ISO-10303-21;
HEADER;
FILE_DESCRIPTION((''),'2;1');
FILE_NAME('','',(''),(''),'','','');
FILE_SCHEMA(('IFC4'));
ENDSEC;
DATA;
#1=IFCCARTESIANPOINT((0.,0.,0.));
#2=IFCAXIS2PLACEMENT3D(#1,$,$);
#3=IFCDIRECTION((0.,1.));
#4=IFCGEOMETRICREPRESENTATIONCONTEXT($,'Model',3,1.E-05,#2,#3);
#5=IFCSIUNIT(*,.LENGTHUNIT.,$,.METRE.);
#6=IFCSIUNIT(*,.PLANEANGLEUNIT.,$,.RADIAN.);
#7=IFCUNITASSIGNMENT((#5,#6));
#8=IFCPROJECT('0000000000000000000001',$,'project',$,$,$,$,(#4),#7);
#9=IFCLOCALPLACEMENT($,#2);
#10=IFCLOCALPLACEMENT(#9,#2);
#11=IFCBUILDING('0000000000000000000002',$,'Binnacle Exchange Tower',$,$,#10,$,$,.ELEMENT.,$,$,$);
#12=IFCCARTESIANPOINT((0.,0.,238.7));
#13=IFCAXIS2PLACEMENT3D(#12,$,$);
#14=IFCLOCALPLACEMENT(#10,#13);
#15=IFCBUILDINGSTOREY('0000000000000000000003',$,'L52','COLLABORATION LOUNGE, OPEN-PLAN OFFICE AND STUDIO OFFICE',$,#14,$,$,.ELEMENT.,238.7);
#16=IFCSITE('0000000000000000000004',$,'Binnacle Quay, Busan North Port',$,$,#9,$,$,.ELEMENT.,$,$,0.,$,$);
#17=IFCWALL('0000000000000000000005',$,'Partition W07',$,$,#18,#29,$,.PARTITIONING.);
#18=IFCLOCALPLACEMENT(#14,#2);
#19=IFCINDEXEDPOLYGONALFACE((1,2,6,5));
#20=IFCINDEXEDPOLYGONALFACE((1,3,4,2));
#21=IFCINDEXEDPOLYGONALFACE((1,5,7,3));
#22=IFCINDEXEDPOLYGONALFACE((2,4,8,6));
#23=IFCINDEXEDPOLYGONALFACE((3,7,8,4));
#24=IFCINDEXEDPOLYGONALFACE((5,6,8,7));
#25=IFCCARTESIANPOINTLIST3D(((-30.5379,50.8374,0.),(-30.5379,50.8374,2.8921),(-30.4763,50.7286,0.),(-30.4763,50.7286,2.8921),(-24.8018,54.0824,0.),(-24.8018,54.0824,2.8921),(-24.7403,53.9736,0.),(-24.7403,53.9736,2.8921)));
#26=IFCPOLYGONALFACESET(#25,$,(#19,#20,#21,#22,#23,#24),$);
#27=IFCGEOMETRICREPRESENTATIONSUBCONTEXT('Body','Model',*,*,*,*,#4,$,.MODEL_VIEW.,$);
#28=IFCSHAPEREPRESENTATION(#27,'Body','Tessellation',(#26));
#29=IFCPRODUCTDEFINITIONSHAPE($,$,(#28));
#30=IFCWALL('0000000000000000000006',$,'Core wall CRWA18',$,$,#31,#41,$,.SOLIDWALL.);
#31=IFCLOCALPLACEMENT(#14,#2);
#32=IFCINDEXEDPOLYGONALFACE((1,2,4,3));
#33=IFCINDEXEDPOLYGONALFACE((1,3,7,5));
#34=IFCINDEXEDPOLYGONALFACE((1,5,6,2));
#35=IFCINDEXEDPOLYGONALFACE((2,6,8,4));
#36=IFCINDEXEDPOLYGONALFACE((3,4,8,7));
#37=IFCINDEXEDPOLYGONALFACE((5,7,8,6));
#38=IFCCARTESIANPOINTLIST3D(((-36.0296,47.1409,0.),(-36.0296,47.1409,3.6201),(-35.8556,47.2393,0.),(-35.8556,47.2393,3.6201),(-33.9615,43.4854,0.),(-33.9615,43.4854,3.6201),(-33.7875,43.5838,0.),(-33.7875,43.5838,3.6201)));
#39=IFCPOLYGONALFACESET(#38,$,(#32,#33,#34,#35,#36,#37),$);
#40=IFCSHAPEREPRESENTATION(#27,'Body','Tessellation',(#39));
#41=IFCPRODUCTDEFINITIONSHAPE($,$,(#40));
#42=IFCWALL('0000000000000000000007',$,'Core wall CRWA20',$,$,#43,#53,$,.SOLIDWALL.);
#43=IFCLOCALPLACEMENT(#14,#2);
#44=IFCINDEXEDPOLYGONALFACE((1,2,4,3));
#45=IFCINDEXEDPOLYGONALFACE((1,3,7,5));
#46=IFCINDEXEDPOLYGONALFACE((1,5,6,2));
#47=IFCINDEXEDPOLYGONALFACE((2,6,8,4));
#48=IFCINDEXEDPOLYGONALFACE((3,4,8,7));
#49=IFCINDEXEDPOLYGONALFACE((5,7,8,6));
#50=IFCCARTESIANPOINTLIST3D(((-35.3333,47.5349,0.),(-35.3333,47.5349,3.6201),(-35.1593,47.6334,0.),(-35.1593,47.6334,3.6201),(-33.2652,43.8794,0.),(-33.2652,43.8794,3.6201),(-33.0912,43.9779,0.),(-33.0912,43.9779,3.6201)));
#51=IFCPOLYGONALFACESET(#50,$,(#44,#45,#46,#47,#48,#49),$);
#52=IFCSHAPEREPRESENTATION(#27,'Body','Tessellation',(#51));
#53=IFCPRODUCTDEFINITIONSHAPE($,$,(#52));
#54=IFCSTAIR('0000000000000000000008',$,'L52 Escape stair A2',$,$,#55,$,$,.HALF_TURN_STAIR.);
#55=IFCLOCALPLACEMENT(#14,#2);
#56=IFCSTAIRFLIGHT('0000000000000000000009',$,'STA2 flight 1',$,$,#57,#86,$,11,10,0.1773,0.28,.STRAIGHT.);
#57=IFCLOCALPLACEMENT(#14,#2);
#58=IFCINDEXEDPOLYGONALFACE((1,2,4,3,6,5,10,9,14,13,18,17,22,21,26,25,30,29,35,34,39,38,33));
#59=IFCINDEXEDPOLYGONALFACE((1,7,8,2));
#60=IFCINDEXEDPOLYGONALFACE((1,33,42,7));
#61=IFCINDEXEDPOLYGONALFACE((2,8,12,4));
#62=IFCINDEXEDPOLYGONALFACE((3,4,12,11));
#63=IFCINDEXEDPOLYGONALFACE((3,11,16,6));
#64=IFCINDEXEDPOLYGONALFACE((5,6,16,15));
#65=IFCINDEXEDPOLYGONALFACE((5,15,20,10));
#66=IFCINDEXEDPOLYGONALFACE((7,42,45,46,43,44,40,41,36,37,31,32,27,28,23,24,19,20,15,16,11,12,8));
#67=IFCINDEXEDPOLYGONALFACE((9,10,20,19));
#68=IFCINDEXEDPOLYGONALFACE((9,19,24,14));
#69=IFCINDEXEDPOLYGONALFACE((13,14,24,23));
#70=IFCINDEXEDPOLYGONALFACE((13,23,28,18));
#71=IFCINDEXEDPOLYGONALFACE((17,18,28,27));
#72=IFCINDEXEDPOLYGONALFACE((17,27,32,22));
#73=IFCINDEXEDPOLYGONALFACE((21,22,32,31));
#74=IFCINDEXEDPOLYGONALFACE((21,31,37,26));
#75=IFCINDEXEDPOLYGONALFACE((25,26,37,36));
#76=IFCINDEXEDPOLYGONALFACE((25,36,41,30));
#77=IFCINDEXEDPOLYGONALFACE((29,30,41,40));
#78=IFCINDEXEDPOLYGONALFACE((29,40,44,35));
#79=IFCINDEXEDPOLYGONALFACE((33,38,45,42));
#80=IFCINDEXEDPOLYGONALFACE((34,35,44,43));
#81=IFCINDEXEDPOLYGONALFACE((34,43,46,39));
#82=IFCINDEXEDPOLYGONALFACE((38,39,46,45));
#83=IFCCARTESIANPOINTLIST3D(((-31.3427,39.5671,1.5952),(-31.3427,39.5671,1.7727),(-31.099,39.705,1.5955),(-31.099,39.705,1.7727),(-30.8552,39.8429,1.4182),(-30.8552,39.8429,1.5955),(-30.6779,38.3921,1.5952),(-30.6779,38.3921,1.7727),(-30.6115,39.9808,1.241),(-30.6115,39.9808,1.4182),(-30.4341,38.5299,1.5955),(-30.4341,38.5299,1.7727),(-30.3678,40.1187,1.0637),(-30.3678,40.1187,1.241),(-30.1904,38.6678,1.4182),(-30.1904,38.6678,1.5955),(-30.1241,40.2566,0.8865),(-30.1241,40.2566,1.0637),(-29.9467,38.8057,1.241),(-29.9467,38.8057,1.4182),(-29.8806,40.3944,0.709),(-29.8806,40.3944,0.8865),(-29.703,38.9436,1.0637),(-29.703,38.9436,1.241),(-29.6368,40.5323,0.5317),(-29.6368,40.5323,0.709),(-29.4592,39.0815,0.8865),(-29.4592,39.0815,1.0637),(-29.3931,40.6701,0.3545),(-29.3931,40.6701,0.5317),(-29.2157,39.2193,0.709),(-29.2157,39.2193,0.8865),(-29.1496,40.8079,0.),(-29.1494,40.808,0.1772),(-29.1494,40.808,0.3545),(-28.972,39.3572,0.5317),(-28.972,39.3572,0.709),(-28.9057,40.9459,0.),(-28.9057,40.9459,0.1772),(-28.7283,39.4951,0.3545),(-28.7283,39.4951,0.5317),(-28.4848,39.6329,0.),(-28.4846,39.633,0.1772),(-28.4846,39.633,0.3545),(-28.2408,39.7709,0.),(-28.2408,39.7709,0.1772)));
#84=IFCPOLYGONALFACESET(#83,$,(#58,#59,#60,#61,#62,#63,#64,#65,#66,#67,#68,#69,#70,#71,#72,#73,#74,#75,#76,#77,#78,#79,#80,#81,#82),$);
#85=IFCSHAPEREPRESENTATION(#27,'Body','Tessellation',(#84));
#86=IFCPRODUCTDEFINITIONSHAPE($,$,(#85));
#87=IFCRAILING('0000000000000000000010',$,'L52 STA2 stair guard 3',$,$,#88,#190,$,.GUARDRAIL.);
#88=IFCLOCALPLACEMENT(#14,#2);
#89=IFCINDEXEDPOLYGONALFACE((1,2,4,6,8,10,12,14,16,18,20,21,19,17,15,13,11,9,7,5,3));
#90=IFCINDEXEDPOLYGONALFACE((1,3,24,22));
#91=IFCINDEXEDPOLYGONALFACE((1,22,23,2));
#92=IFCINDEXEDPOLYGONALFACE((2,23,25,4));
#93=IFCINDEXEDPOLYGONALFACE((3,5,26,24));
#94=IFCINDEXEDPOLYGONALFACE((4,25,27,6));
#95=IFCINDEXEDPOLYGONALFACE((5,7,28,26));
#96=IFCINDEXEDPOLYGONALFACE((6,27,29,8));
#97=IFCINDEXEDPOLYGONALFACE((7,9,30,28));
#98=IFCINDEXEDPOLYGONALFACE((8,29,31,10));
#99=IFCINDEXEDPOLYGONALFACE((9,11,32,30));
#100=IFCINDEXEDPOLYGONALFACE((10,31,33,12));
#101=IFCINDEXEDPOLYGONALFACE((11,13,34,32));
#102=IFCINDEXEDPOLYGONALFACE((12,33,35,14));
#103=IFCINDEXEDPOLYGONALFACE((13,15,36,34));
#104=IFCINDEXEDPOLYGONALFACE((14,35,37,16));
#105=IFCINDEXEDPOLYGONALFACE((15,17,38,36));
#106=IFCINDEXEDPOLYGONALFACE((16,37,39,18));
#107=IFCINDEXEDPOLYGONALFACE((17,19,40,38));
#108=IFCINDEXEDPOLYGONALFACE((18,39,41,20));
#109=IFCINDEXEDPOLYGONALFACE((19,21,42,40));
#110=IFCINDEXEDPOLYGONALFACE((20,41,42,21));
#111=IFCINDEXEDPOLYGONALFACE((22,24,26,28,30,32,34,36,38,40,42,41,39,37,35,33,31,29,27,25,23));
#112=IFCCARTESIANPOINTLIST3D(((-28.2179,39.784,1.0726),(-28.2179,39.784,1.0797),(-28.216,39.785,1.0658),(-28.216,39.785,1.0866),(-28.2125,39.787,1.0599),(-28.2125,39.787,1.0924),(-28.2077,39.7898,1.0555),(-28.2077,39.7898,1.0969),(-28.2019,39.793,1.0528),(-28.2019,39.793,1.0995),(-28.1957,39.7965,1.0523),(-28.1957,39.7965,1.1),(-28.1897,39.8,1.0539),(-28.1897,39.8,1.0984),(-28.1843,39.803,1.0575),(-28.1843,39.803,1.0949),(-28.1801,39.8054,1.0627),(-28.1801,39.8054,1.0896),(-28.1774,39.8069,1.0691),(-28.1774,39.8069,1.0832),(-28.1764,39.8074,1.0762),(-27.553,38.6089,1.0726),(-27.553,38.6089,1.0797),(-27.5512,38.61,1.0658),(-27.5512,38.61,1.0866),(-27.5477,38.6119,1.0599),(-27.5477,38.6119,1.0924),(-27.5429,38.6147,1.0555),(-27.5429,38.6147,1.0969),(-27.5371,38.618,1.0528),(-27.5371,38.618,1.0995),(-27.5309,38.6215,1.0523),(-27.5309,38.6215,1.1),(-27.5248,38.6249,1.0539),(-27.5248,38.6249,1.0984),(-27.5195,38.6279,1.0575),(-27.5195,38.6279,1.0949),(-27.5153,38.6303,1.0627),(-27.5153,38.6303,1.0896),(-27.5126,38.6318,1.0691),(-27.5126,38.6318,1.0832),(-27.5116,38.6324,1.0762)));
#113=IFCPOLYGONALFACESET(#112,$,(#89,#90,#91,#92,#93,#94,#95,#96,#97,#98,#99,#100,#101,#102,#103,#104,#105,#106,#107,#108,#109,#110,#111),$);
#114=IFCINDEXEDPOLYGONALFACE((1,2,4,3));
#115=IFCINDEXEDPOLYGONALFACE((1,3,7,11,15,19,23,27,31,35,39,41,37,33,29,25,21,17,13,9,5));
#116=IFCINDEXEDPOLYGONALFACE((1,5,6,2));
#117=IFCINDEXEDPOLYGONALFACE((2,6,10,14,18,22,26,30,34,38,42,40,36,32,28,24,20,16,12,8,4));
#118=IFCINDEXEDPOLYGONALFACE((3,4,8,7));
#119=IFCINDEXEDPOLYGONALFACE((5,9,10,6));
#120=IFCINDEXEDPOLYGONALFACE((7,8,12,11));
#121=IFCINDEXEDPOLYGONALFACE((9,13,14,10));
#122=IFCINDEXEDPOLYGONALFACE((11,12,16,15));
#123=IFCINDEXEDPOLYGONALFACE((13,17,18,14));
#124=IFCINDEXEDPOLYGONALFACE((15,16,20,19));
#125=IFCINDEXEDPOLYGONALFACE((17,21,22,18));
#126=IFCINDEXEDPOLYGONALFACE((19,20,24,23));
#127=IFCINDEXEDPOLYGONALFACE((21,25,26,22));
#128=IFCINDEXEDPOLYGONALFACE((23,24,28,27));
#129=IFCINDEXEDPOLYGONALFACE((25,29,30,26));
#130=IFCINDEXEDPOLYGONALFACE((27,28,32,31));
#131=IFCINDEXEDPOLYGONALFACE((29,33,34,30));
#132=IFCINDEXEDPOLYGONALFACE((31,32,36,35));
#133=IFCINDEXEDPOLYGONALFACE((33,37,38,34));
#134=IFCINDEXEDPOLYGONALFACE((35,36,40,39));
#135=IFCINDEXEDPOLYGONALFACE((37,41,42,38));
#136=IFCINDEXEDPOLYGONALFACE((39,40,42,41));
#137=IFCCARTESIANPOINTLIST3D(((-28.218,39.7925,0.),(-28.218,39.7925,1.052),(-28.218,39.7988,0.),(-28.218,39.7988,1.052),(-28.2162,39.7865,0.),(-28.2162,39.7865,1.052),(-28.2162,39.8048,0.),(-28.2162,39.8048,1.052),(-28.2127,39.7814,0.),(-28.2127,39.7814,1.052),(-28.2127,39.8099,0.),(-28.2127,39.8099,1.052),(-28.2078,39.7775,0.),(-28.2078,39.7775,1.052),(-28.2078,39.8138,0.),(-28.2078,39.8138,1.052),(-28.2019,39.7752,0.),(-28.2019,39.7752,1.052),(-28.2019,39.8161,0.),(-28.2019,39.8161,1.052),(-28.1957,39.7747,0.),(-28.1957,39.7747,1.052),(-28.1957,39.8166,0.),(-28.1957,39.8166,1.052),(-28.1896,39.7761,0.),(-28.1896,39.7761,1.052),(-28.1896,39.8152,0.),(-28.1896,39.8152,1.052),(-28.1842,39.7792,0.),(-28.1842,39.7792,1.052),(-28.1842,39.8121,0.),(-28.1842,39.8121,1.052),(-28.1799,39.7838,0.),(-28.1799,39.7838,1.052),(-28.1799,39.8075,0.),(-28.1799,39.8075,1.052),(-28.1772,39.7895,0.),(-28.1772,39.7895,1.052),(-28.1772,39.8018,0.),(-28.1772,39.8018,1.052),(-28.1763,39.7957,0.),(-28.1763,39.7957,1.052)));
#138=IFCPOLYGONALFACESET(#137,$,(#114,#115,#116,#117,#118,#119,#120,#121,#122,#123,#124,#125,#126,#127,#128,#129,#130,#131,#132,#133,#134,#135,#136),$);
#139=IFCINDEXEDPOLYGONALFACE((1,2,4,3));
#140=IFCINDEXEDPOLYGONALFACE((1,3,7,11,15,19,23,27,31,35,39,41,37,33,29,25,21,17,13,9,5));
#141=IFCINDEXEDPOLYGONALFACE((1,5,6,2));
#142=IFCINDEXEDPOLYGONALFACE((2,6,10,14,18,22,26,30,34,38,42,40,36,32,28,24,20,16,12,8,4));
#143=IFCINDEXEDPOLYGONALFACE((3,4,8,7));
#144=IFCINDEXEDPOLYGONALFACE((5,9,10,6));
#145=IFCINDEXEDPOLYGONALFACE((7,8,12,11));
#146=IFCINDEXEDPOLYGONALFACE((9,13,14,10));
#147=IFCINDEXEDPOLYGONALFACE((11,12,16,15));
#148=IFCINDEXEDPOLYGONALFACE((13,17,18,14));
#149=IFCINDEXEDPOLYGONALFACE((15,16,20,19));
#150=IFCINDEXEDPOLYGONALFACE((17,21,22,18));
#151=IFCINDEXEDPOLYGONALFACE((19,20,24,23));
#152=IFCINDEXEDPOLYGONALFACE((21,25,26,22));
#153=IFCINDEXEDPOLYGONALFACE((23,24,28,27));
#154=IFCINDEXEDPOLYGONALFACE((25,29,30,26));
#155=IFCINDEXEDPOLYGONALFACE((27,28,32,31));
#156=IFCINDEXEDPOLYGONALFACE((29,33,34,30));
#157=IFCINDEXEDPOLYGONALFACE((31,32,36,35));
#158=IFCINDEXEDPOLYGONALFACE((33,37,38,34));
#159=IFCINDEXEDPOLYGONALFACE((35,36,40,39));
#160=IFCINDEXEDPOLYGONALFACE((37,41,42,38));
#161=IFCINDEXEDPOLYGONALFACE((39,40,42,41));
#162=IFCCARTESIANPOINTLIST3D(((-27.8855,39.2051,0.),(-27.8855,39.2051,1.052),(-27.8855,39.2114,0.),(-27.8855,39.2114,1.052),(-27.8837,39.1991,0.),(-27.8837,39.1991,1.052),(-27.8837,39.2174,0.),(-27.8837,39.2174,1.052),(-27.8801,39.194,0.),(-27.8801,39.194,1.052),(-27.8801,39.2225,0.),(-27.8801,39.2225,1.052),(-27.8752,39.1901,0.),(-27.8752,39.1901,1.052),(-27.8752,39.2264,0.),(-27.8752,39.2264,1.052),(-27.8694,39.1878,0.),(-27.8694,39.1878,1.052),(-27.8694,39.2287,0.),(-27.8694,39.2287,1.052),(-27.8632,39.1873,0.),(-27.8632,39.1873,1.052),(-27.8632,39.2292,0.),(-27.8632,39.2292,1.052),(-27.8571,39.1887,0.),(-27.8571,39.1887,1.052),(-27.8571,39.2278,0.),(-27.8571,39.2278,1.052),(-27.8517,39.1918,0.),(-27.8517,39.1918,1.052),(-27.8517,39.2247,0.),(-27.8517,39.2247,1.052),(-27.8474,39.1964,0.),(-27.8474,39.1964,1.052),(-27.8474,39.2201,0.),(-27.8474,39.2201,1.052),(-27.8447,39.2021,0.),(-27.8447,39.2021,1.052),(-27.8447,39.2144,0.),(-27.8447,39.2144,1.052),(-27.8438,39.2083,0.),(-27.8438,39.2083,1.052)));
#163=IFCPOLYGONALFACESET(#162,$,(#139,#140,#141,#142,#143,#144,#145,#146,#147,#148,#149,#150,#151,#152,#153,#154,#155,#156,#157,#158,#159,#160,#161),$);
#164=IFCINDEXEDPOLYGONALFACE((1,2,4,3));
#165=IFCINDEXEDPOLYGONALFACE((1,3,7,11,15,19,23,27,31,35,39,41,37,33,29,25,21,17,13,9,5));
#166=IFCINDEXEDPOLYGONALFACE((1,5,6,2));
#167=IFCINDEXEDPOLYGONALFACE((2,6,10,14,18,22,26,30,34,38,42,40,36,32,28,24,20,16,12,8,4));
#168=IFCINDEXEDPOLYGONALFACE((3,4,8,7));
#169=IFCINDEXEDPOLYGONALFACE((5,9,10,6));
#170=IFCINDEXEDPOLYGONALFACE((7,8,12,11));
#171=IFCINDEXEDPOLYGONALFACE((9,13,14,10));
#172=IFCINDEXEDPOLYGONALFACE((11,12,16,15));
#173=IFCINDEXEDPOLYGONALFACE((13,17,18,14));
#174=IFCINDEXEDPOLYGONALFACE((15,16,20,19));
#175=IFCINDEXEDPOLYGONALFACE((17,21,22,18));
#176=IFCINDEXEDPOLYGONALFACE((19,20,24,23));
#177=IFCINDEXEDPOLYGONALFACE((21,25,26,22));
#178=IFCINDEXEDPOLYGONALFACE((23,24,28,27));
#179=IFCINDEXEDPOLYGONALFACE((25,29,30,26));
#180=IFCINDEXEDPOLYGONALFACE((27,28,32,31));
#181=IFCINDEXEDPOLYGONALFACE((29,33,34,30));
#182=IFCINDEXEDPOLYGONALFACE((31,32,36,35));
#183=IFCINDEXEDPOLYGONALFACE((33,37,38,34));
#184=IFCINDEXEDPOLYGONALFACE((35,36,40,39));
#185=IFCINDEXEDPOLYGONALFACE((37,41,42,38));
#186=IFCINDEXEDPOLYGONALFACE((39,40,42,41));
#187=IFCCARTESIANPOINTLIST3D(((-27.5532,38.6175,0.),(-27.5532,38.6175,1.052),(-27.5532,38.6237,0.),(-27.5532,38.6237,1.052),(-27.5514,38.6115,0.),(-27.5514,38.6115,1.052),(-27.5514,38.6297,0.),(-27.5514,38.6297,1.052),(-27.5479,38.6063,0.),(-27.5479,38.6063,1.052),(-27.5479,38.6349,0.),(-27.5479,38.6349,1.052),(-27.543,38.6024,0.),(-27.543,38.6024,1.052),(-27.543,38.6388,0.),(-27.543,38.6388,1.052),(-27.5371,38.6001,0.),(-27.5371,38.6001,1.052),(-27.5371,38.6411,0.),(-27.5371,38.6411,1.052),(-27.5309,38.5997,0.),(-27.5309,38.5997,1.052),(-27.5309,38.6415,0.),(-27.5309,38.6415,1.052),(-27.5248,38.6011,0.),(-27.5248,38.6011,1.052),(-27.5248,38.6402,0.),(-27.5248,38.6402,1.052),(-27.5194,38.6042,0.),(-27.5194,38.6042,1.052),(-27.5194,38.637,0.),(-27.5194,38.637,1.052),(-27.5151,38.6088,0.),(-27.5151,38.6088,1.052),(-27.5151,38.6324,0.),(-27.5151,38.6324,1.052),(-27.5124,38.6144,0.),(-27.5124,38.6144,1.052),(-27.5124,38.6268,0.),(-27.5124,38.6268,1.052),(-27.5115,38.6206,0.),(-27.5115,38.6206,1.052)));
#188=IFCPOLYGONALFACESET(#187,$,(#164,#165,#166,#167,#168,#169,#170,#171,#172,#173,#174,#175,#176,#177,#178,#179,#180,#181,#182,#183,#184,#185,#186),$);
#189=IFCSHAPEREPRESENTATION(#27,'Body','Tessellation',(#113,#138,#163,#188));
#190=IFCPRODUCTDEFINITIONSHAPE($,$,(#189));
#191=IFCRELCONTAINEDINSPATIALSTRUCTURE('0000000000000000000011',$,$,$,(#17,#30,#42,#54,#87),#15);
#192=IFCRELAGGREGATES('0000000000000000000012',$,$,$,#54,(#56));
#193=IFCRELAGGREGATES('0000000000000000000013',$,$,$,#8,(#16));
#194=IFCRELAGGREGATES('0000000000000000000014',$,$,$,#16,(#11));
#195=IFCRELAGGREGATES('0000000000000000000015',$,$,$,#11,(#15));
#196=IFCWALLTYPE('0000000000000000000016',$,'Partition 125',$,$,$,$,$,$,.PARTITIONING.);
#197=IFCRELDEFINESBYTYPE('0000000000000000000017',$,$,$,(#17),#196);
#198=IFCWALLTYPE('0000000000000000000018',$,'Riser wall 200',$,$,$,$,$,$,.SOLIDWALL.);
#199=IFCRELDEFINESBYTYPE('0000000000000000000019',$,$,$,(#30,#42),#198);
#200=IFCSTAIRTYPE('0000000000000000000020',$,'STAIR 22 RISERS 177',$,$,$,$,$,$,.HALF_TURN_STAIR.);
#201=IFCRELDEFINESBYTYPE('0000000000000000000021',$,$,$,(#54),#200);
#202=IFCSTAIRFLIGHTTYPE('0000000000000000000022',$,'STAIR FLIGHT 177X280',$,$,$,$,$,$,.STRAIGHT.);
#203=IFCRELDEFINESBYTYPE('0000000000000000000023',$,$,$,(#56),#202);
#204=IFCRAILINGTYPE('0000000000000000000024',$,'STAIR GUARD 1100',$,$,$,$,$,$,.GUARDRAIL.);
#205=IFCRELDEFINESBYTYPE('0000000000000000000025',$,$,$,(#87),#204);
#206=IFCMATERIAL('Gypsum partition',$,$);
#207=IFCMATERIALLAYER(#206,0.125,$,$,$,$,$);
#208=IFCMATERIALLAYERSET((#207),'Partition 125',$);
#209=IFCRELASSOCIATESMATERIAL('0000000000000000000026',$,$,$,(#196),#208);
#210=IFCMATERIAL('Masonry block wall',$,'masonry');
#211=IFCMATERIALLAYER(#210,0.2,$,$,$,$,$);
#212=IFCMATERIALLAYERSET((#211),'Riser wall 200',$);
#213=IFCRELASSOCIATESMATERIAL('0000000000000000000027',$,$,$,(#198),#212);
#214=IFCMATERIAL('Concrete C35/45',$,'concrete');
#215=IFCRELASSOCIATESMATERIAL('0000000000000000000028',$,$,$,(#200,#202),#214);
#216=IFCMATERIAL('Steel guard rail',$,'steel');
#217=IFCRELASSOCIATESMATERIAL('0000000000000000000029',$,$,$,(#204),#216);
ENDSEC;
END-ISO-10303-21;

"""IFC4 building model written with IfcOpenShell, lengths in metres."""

from ifc_helpers import new_model, si_unit, direction, frame, frame_2d, origin, origin_2d, place, context, subcontext, project, spatial, polyline, rectangle, circle, outline, extrude, material, layer, layer_set, type_object, element, aggregate, save


model = new_model("IFC4")

# Units and contexts
model_context = context("Model", 3, precision=1e-05, world=origin(), true_north=direction((0.0, 1.0)))
body_context = subcontext(model_context, "Body", "Model", "MODEL_VIEW")
ifc_project = project(units=[si_unit("LENGTHUNIT", "METRE"), si_unit("PLANEANGLEUNIT", "RADIAN")], contexts=[model_context])

# Site, building, storey
site_placement = place(None, origin())
site = spatial("IfcSite", under=ifc_project, at=site_placement, Name="Binnacle Quay, Busan North Port", CompositionType="ELEMENT", RefElevation=0.0)
building_placement = place(site_placement, origin())
building = spatial("IfcBuilding", under=site, at=building_placement, Name="Binnacle Exchange Tower", CompositionType="ELEMENT")
storey_placement = place(building_placement, frame((0.0, 0.0, 238.7)))
storey = spatial("IfcBuildingStorey", under=building, at=storey_placement, Name="L52", Description="COLLABORATION LOUNGE, OPEN-PLAN OFFICE AND STUDIO OFFICE", CompositionType="ELEMENT", Elevation=238.7)

# Shared definitions
ifc_material_1 = material(Name="Masonry block wall", Category="masonry")

# Walls
ifc_material_2 = material(Name="Gypsum partition")
ifc_layer_1 = layer(ifc_material_2, 0.125)
ifc_layer_set_1 = layer_set([ifc_layer_1], Name="Partition 125")
wall_type_1 = type_object("IfcWallType", Name="Partition 125", PredefinedType="PARTITIONING", material=ifc_layer_set_1)
wall_1_placement = place(storey_placement, frame((-30.5071, 50.783, 0.0), z_axis=(0.0, 0.0, 1.0), x_axis=(0.870369, 0.4924, 0.0)))
element("IfcWall", 1, at=wall_1_placement, inside=storey, type_object=wall_type_1, Name="Partition W07", PredefinedType="PARTITIONING", context=body_context, shape_type="SweptSolid", body=[
    extrude(rectangle(XDim=6.5903, YDim=0.125, at=frame_2d((3.2952, 0.0))), origin(), (0.0, 0.0, 1.0), 2.8921),
])
ifc_layer_2 = layer(ifc_material_1, 0.2)
ifc_layer_set_2 = layer_set([ifc_layer_2], Name="Riser wall 200")
wall_type_2 = type_object("IfcWallType", Name="Riser wall 200", PredefinedType="SOLIDWALL", material=ifc_layer_set_2)
for number, where, z_axis, x_axis, name in (
    (2, (-35.9426, 47.1902, 0.0), (0.0, 0.0, 1.0), (0.49241, -0.870364, 0.0), "Core wall CRWA18"),
    (3, (-35.2463, 47.5842, 0.0), (0.0, 0.0, 1.0), (0.49241, -0.870364, 0.0), "Core wall CRWA20"),
):
    element("IfcWall", number, at=place(storey_placement, frame(where, z_axis=z_axis, x_axis=x_axis)), inside=storey, type_object=wall_type_2, Name=name, PredefinedType="SOLIDWALL", context=body_context, shape_type="SweptSolid", body=[
        extrude(rectangle(XDim=4.2, YDim=0.2, at=frame_2d((2.1001, 0.0))), origin(), (0.0, 0.0, 1.0), 3.6201),
    ])

# Stair, stair flight
ifc_material_3 = material(Name="Concrete C35/45", Category="concrete")
stair_type = type_object("IfcStairType", Name="STAIR 22 RISERS 177", PredefinedType="HALF_TURN_STAIR", material=ifc_material_3)
stair_placement = place(storey_placement, origin())
stair = element("IfcStair", 4, at=stair_placement, inside=storey, type_object=stair_type, Name="L52 Escape stair A2", PredefinedType="HALF_TURN_STAIR")
stair_flight_type = type_object("IfcStairFlightType", Name="STAIR FLIGHT 177X280", PredefinedType="STRAIGHT", material=ifc_material_3)
stair_flight_placement = place(storey_placement, frame((-28.5732, 40.3584, 0.0), z_axis=(0.0, 0.0, 1.0), x_axis=(-0.870356, -0.492424, 0.0)))
stair_flight = element("IfcStairFlight", 5, at=stair_flight_placement, type_object=stair_flight_type, Name="STA2 flight 1", NumberOfRisers=11, NumberOfTreads=10, PredefinedType="STRAIGHT", RiserHeight=0.1773, TreadLength=0.28, context=body_context, shape_type="SweptSolid", body=[
    extrude(outline(polyline([(0.0, 0.0), (0.0, 0.1772), (0.28, 0.1772), (0.28, 0.3545), (0.5601, 0.3545), (0.5601, 0.5317), (0.8401, 0.5317), (0.8401, 0.709), (1.1201, 0.709), (1.1201, 0.8865), (1.3999, 0.8865), (1.3999, 1.0637), (1.6799, 1.0637), (1.6799, 1.241), (1.96, 1.241), (1.96, 1.4182), (2.24, 1.4182), (2.24, 1.5955), (2.52, 1.5955), (2.52, 1.7727), (2.8, 1.7727), (2.8, 1.95), (2.8, 1.5952), (0.2803, 0.0), (0.0, 0.0)])), frame((0.0, 0.675, 0.0), z_axis=(0.0, -1.0, 0.0), x_axis=(1.0, 0.0, 0.0)), (0.0, 0.0, 1.0), 1.3501),
])
aggregate(stair, [stair_flight])

# Railing
ifc_material_4 = material(Name="Steel guard rail", Category="steel")
railing_type_1 = type_object("IfcRailingType", Name="STAIR GUARD 1100", PredefinedType="GUARDRAIL", material=ifc_material_4)
railing_1_placement = place(storey_placement, frame((-28.1973, 39.7957, 0.0)))
element("IfcRailing", 6, at=railing_1_placement, inside=storey, type_object=railing_type_1, Name="L52 STA2 stair guard 3", PredefinedType="GUARDRAIL", context=body_context, shape_type="SweptSolid", body=[
    extrude(circle(Radius=0.0239, at=origin_2d()), frame((0.0, 0.0, 1.0762), z_axis=(0.492415, -0.870361, 0.0), x_axis=(0.870361, 0.492415, 0.0)), (0.0, 0.0, 1.0), 1.3501),
    extrude(circle(Radius=0.021, at=origin_2d()), origin(), (0.0, 0.0, 1.0), 1.052),
    extrude(circle(Radius=0.021, at=origin_2d()), frame((0.3325, -0.5874, 0.0)), (0.0, 0.0, 1.0), 1.052),
    extrude(circle(Radius=0.021, at=origin_2d()), frame((0.6648, -1.175, 0.0)), (0.0, 0.0, 1.0), 1.052),
])

save(model, "model.ifc")
